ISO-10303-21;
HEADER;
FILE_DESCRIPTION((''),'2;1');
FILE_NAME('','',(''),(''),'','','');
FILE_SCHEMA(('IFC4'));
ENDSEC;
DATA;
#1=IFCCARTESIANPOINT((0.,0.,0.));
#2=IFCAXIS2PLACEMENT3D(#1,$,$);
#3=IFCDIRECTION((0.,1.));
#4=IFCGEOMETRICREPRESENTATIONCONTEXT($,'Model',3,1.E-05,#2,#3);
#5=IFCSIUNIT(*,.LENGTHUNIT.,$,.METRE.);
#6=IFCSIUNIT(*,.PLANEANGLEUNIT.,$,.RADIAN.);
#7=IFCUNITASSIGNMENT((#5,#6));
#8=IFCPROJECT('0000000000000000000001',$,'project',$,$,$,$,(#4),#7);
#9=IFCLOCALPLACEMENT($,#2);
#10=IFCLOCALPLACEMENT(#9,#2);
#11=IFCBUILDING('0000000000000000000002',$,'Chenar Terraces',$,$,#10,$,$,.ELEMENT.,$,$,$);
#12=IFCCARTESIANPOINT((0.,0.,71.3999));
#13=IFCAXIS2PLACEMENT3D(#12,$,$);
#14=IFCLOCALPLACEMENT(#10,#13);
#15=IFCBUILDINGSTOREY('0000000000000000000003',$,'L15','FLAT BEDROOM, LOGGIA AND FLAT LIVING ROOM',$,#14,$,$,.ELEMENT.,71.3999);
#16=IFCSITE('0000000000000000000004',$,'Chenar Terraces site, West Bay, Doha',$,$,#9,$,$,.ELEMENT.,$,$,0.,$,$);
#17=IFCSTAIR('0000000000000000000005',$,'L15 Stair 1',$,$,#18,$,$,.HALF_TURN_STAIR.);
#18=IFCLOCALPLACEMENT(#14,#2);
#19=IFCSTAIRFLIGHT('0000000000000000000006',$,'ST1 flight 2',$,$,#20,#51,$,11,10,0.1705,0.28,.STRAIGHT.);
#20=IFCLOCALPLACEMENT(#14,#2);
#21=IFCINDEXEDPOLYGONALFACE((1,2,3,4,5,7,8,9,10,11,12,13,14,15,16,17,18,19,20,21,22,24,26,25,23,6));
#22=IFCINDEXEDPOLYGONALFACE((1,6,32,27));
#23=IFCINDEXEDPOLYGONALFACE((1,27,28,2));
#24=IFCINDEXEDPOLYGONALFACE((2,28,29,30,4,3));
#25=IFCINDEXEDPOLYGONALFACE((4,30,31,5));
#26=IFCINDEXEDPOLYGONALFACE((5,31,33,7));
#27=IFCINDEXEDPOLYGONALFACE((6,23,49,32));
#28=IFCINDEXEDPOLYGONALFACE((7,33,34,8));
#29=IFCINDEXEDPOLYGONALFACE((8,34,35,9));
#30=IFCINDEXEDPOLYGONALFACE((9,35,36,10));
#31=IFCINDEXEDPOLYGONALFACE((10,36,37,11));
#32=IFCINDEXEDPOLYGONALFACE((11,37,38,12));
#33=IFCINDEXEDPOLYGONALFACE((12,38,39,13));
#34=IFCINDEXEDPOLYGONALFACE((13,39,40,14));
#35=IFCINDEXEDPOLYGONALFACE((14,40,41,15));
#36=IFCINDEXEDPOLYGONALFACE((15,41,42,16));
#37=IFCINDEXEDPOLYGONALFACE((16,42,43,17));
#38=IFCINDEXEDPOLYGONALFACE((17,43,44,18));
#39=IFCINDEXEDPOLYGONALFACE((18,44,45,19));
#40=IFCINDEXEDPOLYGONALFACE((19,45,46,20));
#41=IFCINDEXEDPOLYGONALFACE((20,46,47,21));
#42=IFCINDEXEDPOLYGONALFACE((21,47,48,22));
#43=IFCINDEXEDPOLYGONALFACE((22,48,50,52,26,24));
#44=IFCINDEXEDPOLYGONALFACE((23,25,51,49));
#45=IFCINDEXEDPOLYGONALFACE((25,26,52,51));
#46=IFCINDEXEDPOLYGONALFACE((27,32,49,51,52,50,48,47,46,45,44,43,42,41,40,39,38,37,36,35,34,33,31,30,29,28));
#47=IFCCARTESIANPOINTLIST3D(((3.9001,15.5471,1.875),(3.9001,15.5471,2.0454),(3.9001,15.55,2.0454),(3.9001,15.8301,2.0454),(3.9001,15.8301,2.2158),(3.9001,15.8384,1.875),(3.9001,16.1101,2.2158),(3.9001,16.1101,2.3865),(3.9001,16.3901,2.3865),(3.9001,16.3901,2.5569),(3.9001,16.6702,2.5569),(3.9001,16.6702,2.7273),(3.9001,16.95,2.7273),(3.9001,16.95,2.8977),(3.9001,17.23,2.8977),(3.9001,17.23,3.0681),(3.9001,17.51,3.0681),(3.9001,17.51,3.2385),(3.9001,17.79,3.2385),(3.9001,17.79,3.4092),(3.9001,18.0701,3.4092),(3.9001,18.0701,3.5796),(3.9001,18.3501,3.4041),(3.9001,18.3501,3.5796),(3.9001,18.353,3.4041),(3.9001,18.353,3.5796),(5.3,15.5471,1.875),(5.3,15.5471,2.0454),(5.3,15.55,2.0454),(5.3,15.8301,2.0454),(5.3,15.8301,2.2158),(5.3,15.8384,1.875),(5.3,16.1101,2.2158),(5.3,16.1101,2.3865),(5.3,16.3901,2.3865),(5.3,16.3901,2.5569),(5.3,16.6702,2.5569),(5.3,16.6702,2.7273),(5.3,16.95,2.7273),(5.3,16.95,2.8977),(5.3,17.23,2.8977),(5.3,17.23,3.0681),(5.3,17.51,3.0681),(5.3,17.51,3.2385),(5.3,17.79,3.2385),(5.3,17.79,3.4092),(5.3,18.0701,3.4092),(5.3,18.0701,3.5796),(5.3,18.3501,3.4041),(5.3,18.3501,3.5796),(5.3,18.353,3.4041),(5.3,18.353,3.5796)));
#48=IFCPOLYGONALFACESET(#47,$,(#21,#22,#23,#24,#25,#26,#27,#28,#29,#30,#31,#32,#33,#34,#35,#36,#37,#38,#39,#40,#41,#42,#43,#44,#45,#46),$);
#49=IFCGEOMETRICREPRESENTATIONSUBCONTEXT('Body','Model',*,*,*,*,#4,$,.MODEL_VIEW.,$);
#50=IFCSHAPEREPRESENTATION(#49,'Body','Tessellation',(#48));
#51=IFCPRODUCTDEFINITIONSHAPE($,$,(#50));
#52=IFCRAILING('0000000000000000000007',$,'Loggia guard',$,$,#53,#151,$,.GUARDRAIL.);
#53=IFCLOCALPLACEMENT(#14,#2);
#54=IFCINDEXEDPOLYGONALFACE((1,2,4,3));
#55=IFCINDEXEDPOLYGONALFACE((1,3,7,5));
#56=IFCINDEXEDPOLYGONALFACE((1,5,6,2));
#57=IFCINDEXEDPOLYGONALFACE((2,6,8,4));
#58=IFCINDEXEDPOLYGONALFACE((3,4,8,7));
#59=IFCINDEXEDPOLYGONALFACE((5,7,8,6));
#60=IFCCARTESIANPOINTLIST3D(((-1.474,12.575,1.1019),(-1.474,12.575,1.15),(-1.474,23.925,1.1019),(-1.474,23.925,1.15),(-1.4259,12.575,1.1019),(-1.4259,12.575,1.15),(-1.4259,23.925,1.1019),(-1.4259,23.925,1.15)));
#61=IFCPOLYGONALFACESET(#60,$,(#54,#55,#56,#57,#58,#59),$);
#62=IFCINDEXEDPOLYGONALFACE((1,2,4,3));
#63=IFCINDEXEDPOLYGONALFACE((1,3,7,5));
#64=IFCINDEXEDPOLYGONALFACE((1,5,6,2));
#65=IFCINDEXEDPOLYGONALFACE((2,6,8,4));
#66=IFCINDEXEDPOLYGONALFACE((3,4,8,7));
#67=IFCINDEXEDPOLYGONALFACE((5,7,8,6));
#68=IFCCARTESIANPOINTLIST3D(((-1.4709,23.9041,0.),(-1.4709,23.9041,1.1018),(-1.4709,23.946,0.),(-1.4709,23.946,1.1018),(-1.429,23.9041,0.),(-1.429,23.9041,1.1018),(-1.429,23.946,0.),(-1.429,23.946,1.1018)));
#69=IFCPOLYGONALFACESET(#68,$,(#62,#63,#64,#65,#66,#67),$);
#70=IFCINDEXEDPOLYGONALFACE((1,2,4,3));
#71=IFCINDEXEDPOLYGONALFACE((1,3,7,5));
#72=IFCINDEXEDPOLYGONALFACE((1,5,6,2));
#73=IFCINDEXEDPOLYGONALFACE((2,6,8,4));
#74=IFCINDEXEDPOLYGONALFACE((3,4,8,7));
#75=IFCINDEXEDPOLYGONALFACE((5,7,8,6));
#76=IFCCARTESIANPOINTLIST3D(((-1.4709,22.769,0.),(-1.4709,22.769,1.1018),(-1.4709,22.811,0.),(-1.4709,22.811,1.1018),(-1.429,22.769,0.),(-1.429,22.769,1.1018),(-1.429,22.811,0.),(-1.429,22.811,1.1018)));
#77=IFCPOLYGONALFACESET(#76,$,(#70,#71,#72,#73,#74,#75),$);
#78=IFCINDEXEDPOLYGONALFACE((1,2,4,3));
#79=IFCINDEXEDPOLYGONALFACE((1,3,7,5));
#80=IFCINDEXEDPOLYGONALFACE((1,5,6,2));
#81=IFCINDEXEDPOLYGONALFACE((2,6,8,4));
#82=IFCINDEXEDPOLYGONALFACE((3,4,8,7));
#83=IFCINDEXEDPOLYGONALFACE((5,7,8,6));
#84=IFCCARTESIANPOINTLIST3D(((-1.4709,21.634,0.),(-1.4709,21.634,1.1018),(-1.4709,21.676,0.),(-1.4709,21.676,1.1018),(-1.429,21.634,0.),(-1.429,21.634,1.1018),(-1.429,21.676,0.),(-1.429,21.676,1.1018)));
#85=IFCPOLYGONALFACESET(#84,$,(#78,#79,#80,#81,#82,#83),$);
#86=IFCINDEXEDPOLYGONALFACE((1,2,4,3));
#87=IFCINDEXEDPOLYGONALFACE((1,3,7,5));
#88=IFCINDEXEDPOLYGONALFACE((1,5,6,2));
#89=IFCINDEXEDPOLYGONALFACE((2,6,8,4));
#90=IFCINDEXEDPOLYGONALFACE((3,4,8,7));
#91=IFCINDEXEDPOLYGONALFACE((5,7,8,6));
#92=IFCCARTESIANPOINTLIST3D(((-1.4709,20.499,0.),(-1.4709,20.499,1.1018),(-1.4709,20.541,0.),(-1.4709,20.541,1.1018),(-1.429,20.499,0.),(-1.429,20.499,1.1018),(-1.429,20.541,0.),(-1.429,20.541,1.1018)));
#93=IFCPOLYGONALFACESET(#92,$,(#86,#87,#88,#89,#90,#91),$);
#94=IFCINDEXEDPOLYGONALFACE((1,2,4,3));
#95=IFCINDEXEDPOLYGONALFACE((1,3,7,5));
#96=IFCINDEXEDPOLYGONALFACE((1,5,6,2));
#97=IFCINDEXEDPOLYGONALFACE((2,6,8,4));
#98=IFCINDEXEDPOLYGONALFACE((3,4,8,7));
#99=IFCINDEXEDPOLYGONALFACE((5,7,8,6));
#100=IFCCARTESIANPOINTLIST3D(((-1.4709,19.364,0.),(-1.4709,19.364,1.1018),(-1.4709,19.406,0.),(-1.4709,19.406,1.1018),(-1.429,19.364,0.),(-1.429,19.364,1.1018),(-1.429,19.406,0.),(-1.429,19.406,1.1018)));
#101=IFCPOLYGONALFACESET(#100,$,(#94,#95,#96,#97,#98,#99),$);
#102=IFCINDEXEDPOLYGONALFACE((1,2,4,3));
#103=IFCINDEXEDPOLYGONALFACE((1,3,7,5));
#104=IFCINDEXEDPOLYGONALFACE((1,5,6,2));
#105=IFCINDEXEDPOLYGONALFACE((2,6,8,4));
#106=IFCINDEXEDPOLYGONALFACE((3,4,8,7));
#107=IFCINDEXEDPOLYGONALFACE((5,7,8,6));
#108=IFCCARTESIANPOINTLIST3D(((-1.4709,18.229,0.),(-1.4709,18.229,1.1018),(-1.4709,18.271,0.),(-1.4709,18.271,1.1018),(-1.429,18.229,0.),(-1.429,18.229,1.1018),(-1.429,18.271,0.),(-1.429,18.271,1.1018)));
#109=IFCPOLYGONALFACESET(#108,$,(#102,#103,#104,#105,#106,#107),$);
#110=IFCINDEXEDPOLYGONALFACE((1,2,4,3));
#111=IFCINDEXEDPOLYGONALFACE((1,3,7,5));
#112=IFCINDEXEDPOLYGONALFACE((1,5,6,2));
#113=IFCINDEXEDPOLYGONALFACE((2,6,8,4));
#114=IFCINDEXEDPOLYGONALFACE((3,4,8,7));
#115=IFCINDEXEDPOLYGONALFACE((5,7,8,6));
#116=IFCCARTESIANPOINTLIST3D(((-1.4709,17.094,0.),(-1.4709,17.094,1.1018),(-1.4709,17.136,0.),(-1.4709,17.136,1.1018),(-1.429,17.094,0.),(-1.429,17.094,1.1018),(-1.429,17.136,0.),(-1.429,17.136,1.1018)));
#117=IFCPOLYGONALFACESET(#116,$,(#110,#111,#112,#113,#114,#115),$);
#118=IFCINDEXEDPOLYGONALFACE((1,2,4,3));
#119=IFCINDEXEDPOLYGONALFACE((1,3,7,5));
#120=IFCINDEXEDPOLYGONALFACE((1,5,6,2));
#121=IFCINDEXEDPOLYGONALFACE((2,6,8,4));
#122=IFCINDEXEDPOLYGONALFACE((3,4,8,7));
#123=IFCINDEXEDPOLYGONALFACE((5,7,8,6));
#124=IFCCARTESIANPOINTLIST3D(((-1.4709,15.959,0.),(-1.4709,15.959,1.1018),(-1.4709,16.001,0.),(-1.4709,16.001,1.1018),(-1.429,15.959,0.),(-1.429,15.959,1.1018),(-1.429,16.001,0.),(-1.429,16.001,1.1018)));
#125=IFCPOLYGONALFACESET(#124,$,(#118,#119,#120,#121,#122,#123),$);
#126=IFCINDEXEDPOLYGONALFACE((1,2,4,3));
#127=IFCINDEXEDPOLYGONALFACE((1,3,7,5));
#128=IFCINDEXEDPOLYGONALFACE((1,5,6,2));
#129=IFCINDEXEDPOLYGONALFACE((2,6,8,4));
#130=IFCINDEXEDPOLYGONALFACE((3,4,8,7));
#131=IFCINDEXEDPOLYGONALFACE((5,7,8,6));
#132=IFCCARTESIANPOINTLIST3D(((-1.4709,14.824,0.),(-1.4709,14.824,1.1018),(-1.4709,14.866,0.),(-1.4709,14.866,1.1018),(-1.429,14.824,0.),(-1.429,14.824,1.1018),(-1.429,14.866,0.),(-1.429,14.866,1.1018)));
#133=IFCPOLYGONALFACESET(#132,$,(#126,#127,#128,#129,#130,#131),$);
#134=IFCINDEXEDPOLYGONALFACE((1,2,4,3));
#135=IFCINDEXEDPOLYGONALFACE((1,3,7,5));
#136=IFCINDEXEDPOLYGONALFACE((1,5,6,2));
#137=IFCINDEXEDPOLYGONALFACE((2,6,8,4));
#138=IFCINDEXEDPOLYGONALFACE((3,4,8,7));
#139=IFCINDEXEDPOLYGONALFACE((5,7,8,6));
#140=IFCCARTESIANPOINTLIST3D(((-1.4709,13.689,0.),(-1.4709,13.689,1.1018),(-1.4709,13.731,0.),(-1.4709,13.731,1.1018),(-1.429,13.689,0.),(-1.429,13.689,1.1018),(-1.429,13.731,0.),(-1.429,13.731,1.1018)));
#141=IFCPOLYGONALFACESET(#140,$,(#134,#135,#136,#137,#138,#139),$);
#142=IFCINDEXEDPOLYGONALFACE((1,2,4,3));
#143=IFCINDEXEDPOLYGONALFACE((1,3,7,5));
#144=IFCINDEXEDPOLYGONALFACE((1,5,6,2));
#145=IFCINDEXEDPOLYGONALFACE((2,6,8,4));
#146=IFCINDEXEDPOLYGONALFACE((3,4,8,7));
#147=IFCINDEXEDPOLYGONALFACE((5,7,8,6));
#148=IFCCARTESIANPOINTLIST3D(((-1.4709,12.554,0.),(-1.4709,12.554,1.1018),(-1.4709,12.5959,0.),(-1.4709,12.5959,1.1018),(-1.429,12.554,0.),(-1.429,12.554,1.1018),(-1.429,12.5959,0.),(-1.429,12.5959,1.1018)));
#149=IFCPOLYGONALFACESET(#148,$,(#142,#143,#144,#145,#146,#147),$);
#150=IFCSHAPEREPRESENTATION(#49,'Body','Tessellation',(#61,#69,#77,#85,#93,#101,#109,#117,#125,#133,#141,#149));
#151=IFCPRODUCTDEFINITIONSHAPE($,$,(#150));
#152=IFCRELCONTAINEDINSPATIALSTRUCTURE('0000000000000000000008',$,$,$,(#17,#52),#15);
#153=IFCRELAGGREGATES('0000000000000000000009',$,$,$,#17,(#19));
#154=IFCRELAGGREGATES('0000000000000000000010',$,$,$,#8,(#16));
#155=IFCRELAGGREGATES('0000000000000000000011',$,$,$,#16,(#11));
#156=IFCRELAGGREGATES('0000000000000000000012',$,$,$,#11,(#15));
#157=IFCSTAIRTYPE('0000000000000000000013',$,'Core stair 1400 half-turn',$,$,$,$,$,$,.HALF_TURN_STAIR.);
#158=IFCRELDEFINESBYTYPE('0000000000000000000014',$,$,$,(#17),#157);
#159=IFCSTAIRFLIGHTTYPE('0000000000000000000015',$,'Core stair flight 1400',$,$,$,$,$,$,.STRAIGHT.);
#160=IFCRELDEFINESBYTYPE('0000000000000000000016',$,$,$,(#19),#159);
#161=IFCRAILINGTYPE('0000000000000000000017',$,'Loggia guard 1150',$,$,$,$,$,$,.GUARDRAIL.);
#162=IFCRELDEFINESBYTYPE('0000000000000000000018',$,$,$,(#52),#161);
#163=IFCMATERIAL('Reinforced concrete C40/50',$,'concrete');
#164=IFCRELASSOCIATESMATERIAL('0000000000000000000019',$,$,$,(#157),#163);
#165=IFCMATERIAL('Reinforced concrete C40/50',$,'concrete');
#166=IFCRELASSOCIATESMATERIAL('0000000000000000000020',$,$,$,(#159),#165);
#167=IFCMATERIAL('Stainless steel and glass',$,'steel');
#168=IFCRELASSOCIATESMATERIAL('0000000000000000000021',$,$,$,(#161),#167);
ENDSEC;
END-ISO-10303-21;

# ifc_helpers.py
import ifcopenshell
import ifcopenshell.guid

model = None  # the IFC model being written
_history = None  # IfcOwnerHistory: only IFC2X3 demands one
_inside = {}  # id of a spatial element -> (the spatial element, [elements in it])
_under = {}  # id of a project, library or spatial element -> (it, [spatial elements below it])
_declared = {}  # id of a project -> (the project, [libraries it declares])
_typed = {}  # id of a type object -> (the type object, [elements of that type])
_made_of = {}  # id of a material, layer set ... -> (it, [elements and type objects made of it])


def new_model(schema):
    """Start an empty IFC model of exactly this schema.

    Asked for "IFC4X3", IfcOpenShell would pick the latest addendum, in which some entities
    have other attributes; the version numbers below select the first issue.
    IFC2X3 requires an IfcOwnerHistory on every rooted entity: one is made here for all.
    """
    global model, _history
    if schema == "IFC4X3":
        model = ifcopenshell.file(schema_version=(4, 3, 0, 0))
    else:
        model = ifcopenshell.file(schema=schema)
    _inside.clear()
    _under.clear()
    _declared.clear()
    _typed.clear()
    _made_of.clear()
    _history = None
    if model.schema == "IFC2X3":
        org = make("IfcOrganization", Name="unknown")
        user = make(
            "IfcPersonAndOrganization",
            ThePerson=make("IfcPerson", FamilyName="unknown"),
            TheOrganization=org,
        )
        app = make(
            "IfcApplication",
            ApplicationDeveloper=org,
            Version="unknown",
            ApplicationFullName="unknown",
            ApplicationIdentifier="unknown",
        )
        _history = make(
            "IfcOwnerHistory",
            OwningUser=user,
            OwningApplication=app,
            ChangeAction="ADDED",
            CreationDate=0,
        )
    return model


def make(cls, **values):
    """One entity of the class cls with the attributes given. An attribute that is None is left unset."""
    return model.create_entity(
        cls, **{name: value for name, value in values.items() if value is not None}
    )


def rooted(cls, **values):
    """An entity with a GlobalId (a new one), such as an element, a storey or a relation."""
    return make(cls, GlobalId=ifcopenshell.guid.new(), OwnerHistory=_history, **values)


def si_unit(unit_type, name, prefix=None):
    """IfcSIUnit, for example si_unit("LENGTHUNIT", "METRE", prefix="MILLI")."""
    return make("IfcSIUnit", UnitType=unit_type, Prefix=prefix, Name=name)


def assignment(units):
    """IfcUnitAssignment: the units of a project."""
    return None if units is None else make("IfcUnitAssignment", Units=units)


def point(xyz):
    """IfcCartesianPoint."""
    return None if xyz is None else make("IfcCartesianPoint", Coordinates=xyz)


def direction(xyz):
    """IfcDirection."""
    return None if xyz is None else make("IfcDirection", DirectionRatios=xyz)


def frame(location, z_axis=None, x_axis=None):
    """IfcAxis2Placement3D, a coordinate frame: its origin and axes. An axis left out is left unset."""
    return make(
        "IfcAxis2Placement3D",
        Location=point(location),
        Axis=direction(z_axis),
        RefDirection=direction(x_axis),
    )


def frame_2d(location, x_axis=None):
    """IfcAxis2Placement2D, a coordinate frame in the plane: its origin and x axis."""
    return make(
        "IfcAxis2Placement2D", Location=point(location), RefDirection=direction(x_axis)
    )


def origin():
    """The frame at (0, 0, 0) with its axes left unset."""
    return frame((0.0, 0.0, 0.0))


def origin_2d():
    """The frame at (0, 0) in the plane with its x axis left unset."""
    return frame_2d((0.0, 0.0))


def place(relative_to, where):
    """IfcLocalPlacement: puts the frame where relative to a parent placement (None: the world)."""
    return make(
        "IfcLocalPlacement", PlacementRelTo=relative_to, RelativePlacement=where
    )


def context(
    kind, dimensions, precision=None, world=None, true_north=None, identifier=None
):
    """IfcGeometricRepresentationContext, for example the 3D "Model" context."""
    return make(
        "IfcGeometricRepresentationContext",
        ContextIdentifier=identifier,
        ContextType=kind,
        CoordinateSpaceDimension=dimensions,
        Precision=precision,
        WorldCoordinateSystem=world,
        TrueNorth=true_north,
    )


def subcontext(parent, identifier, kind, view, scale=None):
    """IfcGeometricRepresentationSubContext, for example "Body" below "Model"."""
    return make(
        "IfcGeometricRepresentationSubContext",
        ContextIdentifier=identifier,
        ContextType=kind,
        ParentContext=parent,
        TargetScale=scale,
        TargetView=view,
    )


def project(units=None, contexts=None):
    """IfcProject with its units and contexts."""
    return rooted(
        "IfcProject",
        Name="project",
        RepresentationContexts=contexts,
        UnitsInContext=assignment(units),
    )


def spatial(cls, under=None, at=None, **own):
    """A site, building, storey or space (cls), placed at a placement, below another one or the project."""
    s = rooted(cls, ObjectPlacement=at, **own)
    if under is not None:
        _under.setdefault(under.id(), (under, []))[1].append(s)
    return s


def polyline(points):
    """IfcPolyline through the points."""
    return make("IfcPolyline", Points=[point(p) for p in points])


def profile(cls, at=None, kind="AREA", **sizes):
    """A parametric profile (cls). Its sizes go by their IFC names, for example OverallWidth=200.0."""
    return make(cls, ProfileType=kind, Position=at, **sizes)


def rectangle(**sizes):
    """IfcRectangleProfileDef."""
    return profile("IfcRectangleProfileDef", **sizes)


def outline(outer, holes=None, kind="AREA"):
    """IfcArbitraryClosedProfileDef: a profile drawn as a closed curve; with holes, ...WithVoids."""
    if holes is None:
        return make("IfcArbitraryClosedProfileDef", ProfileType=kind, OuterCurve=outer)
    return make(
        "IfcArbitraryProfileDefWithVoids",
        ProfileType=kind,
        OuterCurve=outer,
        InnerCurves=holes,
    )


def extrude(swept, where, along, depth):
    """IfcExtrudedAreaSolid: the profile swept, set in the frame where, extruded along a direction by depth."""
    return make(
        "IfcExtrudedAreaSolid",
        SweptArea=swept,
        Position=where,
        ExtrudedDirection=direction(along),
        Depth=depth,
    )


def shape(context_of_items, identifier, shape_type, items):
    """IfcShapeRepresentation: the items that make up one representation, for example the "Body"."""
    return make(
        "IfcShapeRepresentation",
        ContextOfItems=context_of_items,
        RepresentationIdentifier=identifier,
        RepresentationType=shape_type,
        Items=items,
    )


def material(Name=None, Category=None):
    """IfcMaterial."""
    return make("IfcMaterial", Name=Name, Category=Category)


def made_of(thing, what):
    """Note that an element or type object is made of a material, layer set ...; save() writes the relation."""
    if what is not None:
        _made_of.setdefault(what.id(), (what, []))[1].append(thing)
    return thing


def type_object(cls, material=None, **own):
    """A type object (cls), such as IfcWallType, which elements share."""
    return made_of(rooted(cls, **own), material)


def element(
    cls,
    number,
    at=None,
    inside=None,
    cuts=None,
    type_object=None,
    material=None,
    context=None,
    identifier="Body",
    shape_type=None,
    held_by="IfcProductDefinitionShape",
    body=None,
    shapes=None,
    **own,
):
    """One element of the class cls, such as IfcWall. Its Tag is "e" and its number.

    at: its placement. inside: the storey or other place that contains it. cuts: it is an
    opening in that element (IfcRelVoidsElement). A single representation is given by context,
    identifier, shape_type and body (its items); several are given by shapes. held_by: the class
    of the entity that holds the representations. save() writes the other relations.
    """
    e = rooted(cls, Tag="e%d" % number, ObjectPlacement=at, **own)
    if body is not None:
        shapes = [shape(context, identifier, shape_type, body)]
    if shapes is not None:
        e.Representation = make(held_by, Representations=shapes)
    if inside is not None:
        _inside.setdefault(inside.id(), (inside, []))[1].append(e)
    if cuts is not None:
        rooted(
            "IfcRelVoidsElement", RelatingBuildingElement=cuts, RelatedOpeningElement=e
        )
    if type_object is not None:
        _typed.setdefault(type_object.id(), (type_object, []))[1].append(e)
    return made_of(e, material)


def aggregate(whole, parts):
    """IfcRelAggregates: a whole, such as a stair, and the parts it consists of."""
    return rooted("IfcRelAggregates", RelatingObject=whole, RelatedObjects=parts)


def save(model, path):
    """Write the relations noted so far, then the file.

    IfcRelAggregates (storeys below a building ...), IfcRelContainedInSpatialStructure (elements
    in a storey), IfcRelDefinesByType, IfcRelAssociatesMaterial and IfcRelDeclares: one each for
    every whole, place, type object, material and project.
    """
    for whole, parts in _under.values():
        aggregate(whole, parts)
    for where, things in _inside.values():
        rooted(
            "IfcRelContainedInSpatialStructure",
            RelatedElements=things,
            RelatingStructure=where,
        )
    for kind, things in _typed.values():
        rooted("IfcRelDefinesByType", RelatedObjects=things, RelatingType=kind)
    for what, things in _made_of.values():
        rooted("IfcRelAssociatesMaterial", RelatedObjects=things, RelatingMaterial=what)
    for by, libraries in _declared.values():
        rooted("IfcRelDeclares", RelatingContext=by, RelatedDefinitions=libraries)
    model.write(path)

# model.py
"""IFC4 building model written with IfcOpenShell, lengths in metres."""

from ifc_helpers import new_model, si_unit, direction, frame, origin, origin_2d, place, context, subcontext, project, spatial, polyline, rectangle, outline, extrude, material, type_object, element, aggregate, save


model = new_model("IFC4")

# Units and contexts
model_context = context("Model", 3, precision=1e-05, world=origin(), true_north=direction((0.0, 1.0)))
body_context = subcontext(model_context, "Body", "Model", "MODEL_VIEW")
ifc_project = project(units=[si_unit("LENGTHUNIT", "METRE"), si_unit("PLANEANGLEUNIT", "RADIAN")], contexts=[model_context])

# Site, building, storey
site_placement = place(None, origin())
site = spatial("IfcSite", under=ifc_project, at=site_placement, Name="Chenar Terraces site, West Bay, Doha", CompositionType="ELEMENT", RefElevation=0.0)
building_placement = place(site_placement, origin())
building = spatial("IfcBuilding", under=site, at=building_placement, Name="Chenar Terraces", CompositionType="ELEMENT")
storey_placement = place(building_placement, frame((0.0, 0.0, 71.3999)))
storey = spatial("IfcBuildingStorey", under=building, at=storey_placement, Name="L15", Description="FLAT BEDROOM, LOGGIA AND FLAT LIVING ROOM", CompositionType="ELEMENT", Elevation=71.3999)

# Stair, stair flight
ifc_material_1 = material(Name="Reinforced concrete C40/50", Category="concrete")
stair_type = type_object("IfcStairType", Name="Core stair 1400 half-turn", PredefinedType="HALF_TURN_STAIR", material=ifc_material_1)
stair_placement = place(storey_placement, origin())
stair = element("IfcStair", 1, at=stair_placement, inside=storey, type_object=stair_type, Name="L15 Stair 1", PredefinedType="HALF_TURN_STAIR")
ifc_material_2 = material(Name="Reinforced concrete C40/50", Category="concrete")
stair_flight_type = type_object("IfcStairFlightType", Name="Core stair flight 1400", PredefinedType="STRAIGHT", material=ifc_material_2)
stair_flight_1_placement = place(storey_placement, frame((4.6001, 15.55, 1.875), z_axis=(0.0, 0.0, 1.0), x_axis=(0.0, 1.0, 0.0)))
stair_flight_1 = element("IfcStairFlight", 2, at=stair_flight_1_placement, type_object=stair_flight_type, Name="ST1 flight 2", NumberOfRisers=11, NumberOfTreads=10, PredefinedType="STRAIGHT", RiserHeight=0.1705, TreadLength=0.28, context=body_context, shape_type="SweptSolid", body=[
    extrude(outline(polyline([(-0.0029, 0.0), (-0.0029, 0.1704), (0.0, 0.1704), (0.28, 0.1704), (0.28, 0.3408), (0.5601, 0.3408), (0.5601, 0.5115), (0.8401, 0.5115), (0.8401, 0.6819), (1.1201, 0.6819), (1.1201, 0.8523), (1.3999, 0.8523), (1.3999, 1.0227), (1.6799, 1.0227), (1.6799, 1.1931), (1.96, 1.1931), (1.96, 1.3635), (2.24, 1.3635), (2.24, 1.5342), (2.52, 1.5342), (2.52, 1.7046), (2.8, 1.7046), (2.803, 1.7046), (2.803, 1.5291), (2.8, 1.5291), (0.2883, 0.0), (-0.0029, 0.0)])), frame((0.0, 0.7, 0.0), z_axis=(0.0, -1.0, 0.0), x_axis=(1.0, 0.0, 0.0)), (0.0, 0.0, 1.0), 1.3999),
])
aggregate(stair, [stair_flight_1])

# Railing
ifc_material_3 = material(Name="Stainless steel and glass", Category="steel")
railing_type_1 = type_object("IfcRailingType", Name="Loggia guard 1150", PredefinedType="GUARDRAIL", material=ifc_material_3)
railing_1_placement = place(storey_placement, frame((-1.45, 23.925, 0.0)))
element("IfcRailing", 3, at=railing_1_placement, inside=storey, type_object=railing_type_1, Name="Loggia guard", PredefinedType="GUARDRAIL", context=body_context, shape_type="SweptSolid", body=[
    extrude(rectangle(XDim=0.0481, YDim=0.0481, at=origin_2d()), frame((0.0, 0.0, 1.126), z_axis=(0.0, -1.0, 0.0), x_axis=(1.0, 0.0, 0.0)), (0.0, 0.0, 1.0), 11.3501),
    extrude(rectangle(XDim=0.042, YDim=0.042, at=origin_2d()), origin(), (0.0, 0.0, 1.0), 1.1018),
    extrude(rectangle(XDim=0.042, YDim=0.042, at=origin_2d()), frame((0.0, -1.135, 0.0)), (0.0, 0.0, 1.0), 1.1018),
    extrude(rectangle(XDim=0.042, YDim=0.042, at=origin_2d()), frame((0.0, -2.27, 0.0)), (0.0, 0.0, 1.0), 1.1018),
    extrude(rectangle(XDim=0.042, YDim=0.042, at=origin_2d()), frame((0.0, -3.405, 0.0)), (0.0, 0.0, 1.0), 1.1018),
    extrude(rectangle(XDim=0.042, YDim=0.042, at=origin_2d()), frame((0.0, -4.54, 0.0)), (0.0, 0.0, 1.0), 1.1018),
    extrude(rectangle(XDim=0.042, YDim=0.042, at=origin_2d()), frame((0.0, -5.675, 0.0)), (0.0, 0.0, 1.0), 1.1018),
    extrude(rectangle(XDim=0.042, YDim=0.042, at=origin_2d()), frame((0.0, -6.8101, 0.0)), (0.0, 0.0, 1.0), 1.1018),
    extrude(rectangle(XDim=0.042, YDim=0.042, at=origin_2d()), frame((0.0, -7.9451, 0.0)), (0.0, 0.0, 1.0), 1.1018),
    extrude(rectangle(XDim=0.042, YDim=0.042, at=origin_2d()), frame((0.0, -9.0801, 0.0)), (0.0, 0.0, 1.0), 1.1018),
    extrude(rectangle(XDim=0.042, YDim=0.042, at=origin_2d()), frame((0.0, -10.2151, 0.0)), (0.0, 0.0, 1.0), 1.1018),
    extrude(rectangle(XDim=0.042, YDim=0.042, at=origin_2d()), frame((0.0, -11.3501, 0.0)), (0.0, 0.0, 1.0), 1.1018),
])

save(model, "model.ifc")
